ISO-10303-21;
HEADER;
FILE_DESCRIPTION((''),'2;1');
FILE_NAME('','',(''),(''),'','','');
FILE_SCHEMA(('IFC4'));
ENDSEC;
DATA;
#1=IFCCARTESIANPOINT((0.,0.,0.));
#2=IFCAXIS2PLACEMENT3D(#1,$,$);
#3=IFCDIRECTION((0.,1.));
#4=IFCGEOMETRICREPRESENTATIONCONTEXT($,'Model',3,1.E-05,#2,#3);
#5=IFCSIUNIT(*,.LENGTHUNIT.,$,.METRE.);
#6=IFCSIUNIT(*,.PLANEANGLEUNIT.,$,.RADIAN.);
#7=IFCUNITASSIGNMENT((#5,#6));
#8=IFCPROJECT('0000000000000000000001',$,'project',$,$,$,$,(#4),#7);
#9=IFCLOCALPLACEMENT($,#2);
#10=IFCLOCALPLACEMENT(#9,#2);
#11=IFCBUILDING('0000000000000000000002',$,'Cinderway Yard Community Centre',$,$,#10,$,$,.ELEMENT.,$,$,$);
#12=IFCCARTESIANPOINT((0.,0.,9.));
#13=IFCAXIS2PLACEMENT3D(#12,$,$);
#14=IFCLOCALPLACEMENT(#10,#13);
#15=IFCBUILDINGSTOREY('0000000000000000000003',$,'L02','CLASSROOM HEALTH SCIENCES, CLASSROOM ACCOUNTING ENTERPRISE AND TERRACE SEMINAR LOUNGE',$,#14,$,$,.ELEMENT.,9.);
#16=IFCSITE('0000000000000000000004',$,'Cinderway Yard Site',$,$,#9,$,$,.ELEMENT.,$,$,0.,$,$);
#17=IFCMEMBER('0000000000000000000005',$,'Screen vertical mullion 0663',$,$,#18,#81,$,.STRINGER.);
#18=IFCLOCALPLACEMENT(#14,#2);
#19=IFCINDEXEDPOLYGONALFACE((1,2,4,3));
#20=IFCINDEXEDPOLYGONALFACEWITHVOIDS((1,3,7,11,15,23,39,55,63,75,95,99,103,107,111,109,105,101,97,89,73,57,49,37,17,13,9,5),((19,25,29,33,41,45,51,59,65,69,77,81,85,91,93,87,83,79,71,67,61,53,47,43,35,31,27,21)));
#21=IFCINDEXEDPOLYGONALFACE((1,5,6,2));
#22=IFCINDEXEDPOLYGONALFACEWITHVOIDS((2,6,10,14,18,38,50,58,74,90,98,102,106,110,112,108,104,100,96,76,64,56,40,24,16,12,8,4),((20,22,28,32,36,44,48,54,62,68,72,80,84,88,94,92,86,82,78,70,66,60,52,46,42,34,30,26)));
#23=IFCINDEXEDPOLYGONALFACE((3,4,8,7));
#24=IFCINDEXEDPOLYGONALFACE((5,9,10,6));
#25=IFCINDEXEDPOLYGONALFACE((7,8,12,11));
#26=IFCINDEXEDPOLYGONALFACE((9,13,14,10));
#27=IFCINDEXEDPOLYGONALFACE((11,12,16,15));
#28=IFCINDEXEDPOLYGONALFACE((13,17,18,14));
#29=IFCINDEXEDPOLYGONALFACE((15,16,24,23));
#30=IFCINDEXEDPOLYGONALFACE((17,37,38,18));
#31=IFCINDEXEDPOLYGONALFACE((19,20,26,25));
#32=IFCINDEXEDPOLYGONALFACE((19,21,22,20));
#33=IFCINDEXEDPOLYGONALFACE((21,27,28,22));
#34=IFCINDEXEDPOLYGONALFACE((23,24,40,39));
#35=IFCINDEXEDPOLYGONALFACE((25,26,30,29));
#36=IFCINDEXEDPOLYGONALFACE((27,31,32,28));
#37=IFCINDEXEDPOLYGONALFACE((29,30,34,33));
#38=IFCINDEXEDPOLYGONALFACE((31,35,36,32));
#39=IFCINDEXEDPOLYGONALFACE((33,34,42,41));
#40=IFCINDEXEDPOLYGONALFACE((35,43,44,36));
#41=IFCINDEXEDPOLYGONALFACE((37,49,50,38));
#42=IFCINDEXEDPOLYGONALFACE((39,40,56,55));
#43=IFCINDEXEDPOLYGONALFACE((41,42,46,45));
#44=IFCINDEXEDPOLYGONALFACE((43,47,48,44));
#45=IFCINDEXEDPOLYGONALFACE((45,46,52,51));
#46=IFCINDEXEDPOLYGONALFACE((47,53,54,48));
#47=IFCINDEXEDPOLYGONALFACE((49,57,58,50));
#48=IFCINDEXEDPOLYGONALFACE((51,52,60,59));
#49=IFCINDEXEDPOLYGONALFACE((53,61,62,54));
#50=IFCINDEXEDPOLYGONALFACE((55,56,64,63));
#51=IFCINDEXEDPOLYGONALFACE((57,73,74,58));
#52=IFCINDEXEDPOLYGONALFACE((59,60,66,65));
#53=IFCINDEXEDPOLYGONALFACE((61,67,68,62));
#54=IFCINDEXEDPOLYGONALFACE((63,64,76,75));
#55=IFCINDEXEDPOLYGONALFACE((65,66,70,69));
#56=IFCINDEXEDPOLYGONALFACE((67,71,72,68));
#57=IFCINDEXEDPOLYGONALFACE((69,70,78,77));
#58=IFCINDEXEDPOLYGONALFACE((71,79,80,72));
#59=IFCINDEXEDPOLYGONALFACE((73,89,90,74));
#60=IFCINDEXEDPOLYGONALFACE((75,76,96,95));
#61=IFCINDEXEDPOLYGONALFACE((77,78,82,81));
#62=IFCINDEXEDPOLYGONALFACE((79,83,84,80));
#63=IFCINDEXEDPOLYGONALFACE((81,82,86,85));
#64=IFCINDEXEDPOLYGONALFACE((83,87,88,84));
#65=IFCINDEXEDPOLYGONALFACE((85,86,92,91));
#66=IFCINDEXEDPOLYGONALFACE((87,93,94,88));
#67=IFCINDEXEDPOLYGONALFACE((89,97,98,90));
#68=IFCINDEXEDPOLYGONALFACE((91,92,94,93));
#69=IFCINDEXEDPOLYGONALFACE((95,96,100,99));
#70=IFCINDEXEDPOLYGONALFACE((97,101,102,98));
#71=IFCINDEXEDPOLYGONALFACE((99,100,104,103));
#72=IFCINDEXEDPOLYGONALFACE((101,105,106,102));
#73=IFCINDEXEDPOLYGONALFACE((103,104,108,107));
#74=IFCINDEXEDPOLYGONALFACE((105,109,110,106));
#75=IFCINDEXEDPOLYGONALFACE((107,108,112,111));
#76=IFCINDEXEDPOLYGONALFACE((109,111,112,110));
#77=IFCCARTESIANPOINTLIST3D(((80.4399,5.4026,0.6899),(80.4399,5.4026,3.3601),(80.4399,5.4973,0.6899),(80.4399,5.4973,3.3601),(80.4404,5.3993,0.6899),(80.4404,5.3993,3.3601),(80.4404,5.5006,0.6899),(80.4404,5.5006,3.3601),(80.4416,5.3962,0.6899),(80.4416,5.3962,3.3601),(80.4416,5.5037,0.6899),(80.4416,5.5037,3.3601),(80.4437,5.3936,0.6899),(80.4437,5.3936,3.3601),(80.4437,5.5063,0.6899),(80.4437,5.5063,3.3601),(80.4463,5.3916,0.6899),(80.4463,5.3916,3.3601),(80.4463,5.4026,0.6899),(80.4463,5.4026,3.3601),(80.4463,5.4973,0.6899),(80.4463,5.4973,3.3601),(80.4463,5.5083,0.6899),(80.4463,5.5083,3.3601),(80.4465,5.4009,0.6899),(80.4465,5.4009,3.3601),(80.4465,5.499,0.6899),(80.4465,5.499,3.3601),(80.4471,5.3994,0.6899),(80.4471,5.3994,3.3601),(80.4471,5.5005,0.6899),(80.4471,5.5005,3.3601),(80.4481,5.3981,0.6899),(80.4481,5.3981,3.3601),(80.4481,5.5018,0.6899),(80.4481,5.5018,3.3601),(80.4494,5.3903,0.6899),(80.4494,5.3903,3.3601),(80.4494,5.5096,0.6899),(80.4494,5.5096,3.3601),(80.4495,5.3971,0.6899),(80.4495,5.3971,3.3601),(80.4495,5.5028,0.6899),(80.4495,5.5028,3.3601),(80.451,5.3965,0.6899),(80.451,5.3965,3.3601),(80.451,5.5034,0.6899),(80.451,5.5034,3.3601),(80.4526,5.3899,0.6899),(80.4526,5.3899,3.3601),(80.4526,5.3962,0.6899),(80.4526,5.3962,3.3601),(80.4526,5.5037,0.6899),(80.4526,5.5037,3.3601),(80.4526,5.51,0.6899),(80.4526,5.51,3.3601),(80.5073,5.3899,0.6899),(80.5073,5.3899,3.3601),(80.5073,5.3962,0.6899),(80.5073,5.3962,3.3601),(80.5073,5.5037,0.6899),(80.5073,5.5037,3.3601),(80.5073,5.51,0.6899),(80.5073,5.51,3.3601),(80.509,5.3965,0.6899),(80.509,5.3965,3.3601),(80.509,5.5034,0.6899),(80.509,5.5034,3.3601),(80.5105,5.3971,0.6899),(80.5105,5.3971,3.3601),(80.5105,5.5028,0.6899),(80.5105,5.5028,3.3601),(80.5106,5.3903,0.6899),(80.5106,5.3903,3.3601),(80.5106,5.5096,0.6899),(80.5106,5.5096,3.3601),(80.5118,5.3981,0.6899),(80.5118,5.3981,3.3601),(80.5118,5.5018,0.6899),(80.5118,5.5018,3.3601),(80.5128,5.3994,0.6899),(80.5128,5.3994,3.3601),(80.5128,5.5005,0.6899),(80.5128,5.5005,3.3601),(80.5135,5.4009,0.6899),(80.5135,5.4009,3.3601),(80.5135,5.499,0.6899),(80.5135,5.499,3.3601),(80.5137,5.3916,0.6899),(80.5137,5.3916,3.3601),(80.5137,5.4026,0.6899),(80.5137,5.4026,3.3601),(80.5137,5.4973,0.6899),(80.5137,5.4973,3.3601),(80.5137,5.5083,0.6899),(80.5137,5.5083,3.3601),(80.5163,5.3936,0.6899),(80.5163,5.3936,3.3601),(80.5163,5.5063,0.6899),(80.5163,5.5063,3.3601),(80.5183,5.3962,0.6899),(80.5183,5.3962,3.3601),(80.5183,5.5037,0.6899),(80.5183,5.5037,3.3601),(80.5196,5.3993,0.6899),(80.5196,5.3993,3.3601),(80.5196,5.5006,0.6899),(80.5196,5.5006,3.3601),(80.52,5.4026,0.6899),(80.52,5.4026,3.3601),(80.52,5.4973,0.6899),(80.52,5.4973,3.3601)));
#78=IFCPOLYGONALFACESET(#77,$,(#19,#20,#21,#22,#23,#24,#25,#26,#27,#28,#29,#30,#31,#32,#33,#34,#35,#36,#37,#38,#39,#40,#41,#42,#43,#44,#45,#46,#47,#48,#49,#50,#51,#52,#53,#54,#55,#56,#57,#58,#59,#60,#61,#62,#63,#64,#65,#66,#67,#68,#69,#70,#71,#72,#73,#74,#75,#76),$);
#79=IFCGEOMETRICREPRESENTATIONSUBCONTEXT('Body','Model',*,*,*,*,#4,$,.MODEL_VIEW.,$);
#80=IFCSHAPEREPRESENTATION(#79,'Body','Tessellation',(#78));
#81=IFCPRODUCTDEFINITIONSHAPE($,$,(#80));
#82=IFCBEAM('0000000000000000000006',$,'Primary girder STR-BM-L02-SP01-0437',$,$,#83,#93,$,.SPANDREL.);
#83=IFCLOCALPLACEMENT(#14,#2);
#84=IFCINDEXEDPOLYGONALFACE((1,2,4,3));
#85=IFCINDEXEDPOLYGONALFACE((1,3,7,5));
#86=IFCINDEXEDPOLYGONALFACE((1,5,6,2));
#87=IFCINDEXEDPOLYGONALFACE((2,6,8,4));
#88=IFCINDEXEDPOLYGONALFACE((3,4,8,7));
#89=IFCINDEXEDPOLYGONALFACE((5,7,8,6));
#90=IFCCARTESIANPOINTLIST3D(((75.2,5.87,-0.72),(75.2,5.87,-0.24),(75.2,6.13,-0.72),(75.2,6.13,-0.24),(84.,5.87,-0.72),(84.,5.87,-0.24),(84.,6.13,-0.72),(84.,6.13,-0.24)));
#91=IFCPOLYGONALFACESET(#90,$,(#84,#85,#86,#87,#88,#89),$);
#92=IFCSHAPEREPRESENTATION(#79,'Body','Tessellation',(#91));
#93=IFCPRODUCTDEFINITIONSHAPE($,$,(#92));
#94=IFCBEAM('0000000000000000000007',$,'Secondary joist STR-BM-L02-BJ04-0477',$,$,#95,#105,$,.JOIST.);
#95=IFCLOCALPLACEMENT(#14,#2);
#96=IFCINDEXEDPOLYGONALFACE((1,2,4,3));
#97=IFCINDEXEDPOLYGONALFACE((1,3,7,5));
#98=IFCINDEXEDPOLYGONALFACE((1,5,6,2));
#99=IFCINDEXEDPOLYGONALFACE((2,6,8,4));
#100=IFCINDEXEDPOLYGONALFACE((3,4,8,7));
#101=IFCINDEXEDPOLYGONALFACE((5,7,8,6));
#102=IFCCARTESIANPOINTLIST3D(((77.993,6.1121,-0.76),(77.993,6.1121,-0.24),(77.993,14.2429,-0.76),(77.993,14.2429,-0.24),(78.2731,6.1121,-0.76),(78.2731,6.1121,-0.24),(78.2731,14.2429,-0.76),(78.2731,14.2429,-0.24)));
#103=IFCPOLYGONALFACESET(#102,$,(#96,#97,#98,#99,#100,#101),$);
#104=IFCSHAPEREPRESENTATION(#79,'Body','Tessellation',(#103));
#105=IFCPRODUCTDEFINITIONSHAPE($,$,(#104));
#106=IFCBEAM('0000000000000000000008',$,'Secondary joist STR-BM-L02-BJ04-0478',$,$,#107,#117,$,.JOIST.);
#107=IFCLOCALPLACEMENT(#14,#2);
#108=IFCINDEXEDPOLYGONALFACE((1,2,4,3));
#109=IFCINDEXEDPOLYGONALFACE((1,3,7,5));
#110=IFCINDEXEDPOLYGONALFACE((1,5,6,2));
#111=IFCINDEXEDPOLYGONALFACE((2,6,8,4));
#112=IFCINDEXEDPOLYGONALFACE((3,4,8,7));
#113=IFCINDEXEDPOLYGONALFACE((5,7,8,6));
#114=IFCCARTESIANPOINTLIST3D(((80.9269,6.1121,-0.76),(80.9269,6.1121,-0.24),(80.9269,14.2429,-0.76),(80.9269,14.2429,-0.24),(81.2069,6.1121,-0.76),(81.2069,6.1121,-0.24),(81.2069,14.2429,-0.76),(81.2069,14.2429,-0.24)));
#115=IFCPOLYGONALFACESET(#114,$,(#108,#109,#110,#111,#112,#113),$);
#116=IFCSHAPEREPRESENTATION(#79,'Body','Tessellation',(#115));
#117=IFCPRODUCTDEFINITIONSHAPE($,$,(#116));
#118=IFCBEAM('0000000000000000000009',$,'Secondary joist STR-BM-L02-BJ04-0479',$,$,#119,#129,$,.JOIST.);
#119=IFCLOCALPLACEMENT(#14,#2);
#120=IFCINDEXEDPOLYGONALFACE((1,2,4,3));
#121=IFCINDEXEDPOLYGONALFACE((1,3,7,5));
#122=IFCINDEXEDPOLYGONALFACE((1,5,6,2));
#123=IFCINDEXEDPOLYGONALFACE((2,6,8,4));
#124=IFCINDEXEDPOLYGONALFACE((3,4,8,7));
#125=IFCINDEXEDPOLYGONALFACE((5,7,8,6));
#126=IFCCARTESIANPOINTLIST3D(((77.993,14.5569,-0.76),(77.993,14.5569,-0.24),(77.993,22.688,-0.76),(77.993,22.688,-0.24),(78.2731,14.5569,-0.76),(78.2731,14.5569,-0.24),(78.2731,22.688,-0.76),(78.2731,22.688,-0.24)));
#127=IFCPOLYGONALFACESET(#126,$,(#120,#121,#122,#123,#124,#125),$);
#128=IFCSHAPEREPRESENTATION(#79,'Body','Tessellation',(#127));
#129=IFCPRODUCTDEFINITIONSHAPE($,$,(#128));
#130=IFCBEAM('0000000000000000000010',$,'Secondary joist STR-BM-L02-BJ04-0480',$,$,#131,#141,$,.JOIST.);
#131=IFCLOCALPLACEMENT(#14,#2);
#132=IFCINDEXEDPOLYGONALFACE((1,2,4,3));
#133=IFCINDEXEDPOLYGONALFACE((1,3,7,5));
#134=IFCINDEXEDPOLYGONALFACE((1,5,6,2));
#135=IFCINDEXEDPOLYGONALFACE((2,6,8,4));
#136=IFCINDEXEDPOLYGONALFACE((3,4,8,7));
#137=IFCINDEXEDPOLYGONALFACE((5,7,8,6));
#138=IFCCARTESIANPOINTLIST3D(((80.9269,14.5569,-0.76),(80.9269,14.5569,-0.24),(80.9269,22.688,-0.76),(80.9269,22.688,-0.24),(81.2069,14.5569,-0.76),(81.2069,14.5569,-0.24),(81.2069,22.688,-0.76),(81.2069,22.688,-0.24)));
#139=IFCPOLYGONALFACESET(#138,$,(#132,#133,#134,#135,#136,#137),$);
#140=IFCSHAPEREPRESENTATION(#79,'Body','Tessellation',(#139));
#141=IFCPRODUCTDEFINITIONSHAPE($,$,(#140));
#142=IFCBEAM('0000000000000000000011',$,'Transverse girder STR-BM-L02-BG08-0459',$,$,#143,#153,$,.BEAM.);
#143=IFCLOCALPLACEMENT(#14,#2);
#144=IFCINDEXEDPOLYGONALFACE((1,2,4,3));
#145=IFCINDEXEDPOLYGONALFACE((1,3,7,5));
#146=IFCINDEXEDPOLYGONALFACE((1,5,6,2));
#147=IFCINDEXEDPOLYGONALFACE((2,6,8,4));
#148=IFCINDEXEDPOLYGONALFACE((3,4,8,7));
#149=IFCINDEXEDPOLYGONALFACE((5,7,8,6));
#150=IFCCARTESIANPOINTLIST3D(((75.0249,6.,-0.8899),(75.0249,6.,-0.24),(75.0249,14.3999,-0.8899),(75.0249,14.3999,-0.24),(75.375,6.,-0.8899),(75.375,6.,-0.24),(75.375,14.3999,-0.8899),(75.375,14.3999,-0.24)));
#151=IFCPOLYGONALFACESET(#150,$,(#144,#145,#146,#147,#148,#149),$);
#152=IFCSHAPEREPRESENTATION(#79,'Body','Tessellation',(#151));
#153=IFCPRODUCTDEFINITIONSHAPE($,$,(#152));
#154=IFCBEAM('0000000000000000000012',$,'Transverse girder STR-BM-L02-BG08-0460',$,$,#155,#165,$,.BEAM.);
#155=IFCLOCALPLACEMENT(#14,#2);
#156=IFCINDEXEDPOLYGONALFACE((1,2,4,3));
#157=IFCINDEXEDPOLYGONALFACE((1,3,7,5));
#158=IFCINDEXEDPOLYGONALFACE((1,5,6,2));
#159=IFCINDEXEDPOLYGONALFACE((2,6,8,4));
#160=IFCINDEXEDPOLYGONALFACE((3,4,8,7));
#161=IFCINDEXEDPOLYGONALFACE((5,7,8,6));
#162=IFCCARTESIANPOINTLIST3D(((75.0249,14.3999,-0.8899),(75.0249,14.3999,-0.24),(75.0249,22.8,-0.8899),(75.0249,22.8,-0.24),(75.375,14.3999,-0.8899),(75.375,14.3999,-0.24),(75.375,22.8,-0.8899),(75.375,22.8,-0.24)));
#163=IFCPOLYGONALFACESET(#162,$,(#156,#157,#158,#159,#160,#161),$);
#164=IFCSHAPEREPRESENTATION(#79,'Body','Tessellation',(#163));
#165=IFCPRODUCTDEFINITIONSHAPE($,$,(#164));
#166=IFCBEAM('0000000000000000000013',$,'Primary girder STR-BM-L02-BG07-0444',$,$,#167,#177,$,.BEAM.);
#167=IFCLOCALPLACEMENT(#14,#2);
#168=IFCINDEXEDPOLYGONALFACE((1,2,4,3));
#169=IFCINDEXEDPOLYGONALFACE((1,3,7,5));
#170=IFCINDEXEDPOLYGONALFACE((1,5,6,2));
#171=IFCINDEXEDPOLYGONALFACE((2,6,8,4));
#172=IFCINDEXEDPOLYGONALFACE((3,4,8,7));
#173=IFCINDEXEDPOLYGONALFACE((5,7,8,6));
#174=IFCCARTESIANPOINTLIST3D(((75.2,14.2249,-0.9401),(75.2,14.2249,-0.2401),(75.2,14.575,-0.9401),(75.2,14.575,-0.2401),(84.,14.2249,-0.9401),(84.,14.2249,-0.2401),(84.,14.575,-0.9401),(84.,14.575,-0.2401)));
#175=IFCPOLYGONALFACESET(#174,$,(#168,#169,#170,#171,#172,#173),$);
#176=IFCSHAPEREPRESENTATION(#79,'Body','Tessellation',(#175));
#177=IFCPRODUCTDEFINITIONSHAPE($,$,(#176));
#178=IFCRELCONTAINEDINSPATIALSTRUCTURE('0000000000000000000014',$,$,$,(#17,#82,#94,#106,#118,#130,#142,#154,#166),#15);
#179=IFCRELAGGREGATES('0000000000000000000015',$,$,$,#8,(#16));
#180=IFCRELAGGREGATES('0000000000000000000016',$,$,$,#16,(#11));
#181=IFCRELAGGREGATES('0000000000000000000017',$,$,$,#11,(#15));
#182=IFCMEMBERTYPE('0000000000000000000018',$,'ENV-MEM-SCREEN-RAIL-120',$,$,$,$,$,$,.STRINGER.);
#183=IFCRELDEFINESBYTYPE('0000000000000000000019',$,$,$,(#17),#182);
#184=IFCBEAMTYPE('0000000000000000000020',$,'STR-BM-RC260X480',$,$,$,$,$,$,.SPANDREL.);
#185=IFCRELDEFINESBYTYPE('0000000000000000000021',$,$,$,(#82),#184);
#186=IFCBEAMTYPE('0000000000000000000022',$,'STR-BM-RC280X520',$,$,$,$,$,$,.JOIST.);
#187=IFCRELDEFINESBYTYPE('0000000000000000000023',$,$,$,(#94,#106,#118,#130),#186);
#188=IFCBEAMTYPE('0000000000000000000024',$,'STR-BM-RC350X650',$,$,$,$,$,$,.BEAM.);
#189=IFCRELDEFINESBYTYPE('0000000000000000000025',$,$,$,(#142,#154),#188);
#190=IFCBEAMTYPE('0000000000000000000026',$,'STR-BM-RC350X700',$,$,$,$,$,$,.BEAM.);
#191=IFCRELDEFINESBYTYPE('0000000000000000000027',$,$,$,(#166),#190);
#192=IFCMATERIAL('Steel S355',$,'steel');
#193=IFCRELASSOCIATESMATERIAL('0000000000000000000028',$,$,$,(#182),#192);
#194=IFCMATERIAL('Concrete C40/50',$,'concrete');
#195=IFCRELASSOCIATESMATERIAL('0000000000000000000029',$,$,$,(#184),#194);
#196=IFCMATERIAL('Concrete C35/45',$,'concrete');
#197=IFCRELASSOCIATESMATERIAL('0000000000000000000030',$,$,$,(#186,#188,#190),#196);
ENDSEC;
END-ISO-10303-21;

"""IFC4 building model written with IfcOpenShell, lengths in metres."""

from ifc_helpers import new_model, si_unit, direction, frame, origin, origin_2d, place, context, subcontext, project, spatial, rectangle, hollow_rectangle, extrude, material, material_profile, profile_set, type_object, element, save


model = new_model("IFC4")

# Units and contexts
model_context = context("Model", 3, precision=1e-05, world=origin(), true_north=direction((0.0, 1.0)))
body_context = subcontext(model_context, "Body", "Model", "MODEL_VIEW")
ifc_project = project(units=[si_unit("LENGTHUNIT", "METRE"), si_unit("PLANEANGLEUNIT", "RADIAN")], contexts=[model_context])

# Site, building, storey
site_placement = place(None, origin())
site = spatial("IfcSite", under=ifc_project, at=site_placement, Name="Cinderway Yard Site", CompositionType="ELEMENT", RefElevation=0.0)
building_placement = place(site_placement, origin())
building = spatial("IfcBuilding", under=site, at=building_placement, Name="Cinderway Yard Community Centre", CompositionType="ELEMENT")
storey_placement = place(building_placement, frame((0.0, 0.0, 9.0)))
storey = spatial("IfcBuildingStorey", under=building, at=storey_placement, Name="L02", Description="CLASSROOM HEALTH SCIENCES, CLASSROOM ACCOUNTING ENTERPRISE AND TERRACE SEMINAR LOUNGE", CompositionType="ELEMENT", Elevation=9.0)

# Shared definitions
ifc_material_1 = material(Name="Concrete C40/50", Category="concrete")

# Member
ifc_material_2 = material(Name="Steel S355", Category="steel")
ifc_material_profile_1 = material_profile(ifc_material_2, hollow_rectangle(XDim=0.0801, YDim=0.1201, WallThickness=0.0063, InnerFilletRadius=0.0063, OuterFilletRadius=0.0127, at=origin_2d()), Name="Steel S355")
ifc_profile_set_1 = profile_set([ifc_material_profile_1], Name="Steel S355")
member_type_1 = type_object("IfcMemberType", Name="ENV-MEM-SCREEN-RAIL-120", PredefinedType="STRINGER", material=ifc_profile_set_1)
for number, where, z_axis, x_axis, name in (
    (1, (80.48, 5.45, 0.6899), (0.0, 0.0, 1.0), (1.0, 0.0, 0.0), "Screen vertical mullion 0663"),
):
    element("IfcMember", number, at=place(storey_placement, frame(where, z_axis=z_axis, x_axis=x_axis)), inside=storey, type_object=member_type_1, Name=name, PredefinedType="STRINGER", context=body_context, shape_type="SweptSolid", body=[
        extrude(hollow_rectangle(XDim=0.0801, YDim=0.1201, WallThickness=0.0063, InnerFilletRadius=0.0063, OuterFilletRadius=0.0127, at=origin_2d()), origin(), (0.0, 0.0, 1.0), 2.6702),
    ])

# Beams
ifc_material_profile_2 = material_profile(ifc_material_1, rectangle(XDim=0.26, YDim=0.48, at=origin_2d()), Name="Concrete C40/50")
ifc_profile_set_2 = profile_set([ifc_material_profile_2], Name="Concrete C40/50")
beam_type_1 = type_object("IfcBeamType", Name="STR-BM-RC260X480", PredefinedType="SPANDREL", material=ifc_profile_set_2)
beam_1_placement = place(storey_placement, frame((75.2, 6.0, -0.48), z_axis=(1.0, 0.0, 0.0), x_axis=(0.0, 1.0, 0.0)))
element("IfcBeam", 2, at=beam_1_placement, inside=storey, type_object=beam_type_1, Name="Primary girder STR-BM-L02-SP01-0437", PredefinedType="SPANDREL", context=body_context, shape_type="SweptSolid", body=[
    extrude(rectangle(XDim=0.26, YDim=0.48, at=origin_2d()), origin(), (0.0, 0.0, 1.0), 8.8),
])
ifc_material_3 = material(Name="Concrete C35/45", Category="concrete")
ifc_material_profile_3 = material_profile(ifc_material_3, rectangle(XDim=0.28, YDim=0.52, at=origin_2d()), Name="Concrete C35/45")
ifc_profile_set_3 = profile_set([ifc_material_profile_3], Name="Concrete C35/45")
beam_type_2 = type_object("IfcBeamType", Name="STR-BM-RC280X520", PredefinedType="JOIST", material=ifc_profile_set_3)
for number, where, z_axis, x_axis, name in (
    (3, (78.1331, 6.1121, -0.5), (0.0, 1.0, 0.0), (-1.0, 0.0, 0.0), "Secondary joist STR-BM-L02-BJ04-0477"),
    (4, (81.0669, 6.1121, -0.5), (0.0, 1.0, 0.0), (-1.0, 0.0, 0.0), "Secondary joist STR-BM-L02-BJ04-0478"),
):
    element("IfcBeam", number, at=place(storey_placement, frame(where, z_axis=z_axis, x_axis=x_axis)), inside=storey, type_object=beam_type_2, Name=name, PredefinedType="JOIST", context=body_context, shape_type="SweptSolid", body=[
        extrude(rectangle(XDim=0.28, YDim=0.52, at=origin_2d()), origin(), (0.0, 0.0, 1.0), 8.1309),
    ])
for number, where, z_axis, x_axis, name in (
    (5, (78.1331, 14.5569, -0.5), (0.0, 1.0, 0.0), (-1.0, 0.0, 0.0), "Secondary joist STR-BM-L02-BJ04-0479"),
    (6, (81.0669, 14.5569, -0.5), (0.0, 1.0, 0.0), (-1.0, 0.0, 0.0), "Secondary joist STR-BM-L02-BJ04-0480"),
):
    element("IfcBeam", number, at=place(storey_placement, frame(where, z_axis=z_axis, x_axis=x_axis)), inside=storey, type_object=beam_type_2, Name=name, PredefinedType="JOIST", context=body_context, shape_type="SweptSolid", body=[
        extrude(rectangle(XDim=0.28, YDim=0.52, at=origin_2d()), origin(), (0.0, 0.0, 1.0), 8.1311),
    ])
ifc_material_profile_4 = material_profile(ifc_material_3, rectangle(XDim=0.3501, YDim=0.6499, at=origin_2d()), Name="Concrete C35/45")
ifc_profile_set_4 = profile_set([ifc_material_profile_4], Name="Concrete C35/45")
beam_type_3 = type_object("IfcBeamType", Name="STR-BM-RC350X650", PredefinedType="BEAM", material=ifc_profile_set_4)
beam_2_placement = place(storey_placement, frame((75.2, 6.0, -0.5649), z_axis=(0.0, 1.0, 0.0), x_axis=(-1.0, 0.0, 0.0)))
element("IfcBeam", 7, at=beam_2_placement, inside=storey, type_object=beam_type_3, Name="Transverse girder STR-BM-L02-BG08-0459", PredefinedType="BEAM", context=body_context, shape_type="SweptSolid", body=[
    extrude(rectangle(XDim=0.3501, YDim=0.6499, at=origin_2d()), origin(), (0.0, 0.0, 1.0), 8.3999),
])
beam_3_placement = place(storey_placement, frame((75.2, 14.3999, -0.5649), z_axis=(0.0, 1.0, 0.0), x_axis=(-1.0, 0.0, 0.0)))
element("IfcBeam", 8, at=beam_3_placement, inside=storey, type_object=beam_type_3, Name="Transverse girder STR-BM-L02-BG08-0460", PredefinedType="BEAM", context=body_context, shape_type="SweptSolid", body=[
    extrude(rectangle(XDim=0.3501, YDim=0.6499, at=origin_2d()), origin(), (0.0, 0.0, 1.0), 8.4001),
])
ifc_material_profile_5 = material_profile(ifc_material_3, rectangle(XDim=0.3501, YDim=0.7, at=origin_2d()), Name="Concrete C35/45")
ifc_profile_set_5 = profile_set([ifc_material_profile_5], Name="Concrete C35/45")
beam_type_4 = type_object("IfcBeamType", Name="STR-BM-RC350X700", PredefinedType="BEAM", material=ifc_profile_set_5)
beam_4_placement = place(storey_placement, frame((75.2, 14.3999, -0.5901), z_axis=(1.0, 0.0, 0.0), x_axis=(0.0, 1.0, 0.0)))
element("IfcBeam", 9, at=beam_4_placement, inside=storey, type_object=beam_type_4, Name="Primary girder STR-BM-L02-BG07-0444", PredefinedType="BEAM", context=body_context, shape_type="SweptSolid", body=[
    extrude(rectangle(XDim=0.3501, YDim=0.7, at=origin_2d()), origin(), (0.0, 0.0, 1.0), 8.8),
])

save(model, "model.ifc")
